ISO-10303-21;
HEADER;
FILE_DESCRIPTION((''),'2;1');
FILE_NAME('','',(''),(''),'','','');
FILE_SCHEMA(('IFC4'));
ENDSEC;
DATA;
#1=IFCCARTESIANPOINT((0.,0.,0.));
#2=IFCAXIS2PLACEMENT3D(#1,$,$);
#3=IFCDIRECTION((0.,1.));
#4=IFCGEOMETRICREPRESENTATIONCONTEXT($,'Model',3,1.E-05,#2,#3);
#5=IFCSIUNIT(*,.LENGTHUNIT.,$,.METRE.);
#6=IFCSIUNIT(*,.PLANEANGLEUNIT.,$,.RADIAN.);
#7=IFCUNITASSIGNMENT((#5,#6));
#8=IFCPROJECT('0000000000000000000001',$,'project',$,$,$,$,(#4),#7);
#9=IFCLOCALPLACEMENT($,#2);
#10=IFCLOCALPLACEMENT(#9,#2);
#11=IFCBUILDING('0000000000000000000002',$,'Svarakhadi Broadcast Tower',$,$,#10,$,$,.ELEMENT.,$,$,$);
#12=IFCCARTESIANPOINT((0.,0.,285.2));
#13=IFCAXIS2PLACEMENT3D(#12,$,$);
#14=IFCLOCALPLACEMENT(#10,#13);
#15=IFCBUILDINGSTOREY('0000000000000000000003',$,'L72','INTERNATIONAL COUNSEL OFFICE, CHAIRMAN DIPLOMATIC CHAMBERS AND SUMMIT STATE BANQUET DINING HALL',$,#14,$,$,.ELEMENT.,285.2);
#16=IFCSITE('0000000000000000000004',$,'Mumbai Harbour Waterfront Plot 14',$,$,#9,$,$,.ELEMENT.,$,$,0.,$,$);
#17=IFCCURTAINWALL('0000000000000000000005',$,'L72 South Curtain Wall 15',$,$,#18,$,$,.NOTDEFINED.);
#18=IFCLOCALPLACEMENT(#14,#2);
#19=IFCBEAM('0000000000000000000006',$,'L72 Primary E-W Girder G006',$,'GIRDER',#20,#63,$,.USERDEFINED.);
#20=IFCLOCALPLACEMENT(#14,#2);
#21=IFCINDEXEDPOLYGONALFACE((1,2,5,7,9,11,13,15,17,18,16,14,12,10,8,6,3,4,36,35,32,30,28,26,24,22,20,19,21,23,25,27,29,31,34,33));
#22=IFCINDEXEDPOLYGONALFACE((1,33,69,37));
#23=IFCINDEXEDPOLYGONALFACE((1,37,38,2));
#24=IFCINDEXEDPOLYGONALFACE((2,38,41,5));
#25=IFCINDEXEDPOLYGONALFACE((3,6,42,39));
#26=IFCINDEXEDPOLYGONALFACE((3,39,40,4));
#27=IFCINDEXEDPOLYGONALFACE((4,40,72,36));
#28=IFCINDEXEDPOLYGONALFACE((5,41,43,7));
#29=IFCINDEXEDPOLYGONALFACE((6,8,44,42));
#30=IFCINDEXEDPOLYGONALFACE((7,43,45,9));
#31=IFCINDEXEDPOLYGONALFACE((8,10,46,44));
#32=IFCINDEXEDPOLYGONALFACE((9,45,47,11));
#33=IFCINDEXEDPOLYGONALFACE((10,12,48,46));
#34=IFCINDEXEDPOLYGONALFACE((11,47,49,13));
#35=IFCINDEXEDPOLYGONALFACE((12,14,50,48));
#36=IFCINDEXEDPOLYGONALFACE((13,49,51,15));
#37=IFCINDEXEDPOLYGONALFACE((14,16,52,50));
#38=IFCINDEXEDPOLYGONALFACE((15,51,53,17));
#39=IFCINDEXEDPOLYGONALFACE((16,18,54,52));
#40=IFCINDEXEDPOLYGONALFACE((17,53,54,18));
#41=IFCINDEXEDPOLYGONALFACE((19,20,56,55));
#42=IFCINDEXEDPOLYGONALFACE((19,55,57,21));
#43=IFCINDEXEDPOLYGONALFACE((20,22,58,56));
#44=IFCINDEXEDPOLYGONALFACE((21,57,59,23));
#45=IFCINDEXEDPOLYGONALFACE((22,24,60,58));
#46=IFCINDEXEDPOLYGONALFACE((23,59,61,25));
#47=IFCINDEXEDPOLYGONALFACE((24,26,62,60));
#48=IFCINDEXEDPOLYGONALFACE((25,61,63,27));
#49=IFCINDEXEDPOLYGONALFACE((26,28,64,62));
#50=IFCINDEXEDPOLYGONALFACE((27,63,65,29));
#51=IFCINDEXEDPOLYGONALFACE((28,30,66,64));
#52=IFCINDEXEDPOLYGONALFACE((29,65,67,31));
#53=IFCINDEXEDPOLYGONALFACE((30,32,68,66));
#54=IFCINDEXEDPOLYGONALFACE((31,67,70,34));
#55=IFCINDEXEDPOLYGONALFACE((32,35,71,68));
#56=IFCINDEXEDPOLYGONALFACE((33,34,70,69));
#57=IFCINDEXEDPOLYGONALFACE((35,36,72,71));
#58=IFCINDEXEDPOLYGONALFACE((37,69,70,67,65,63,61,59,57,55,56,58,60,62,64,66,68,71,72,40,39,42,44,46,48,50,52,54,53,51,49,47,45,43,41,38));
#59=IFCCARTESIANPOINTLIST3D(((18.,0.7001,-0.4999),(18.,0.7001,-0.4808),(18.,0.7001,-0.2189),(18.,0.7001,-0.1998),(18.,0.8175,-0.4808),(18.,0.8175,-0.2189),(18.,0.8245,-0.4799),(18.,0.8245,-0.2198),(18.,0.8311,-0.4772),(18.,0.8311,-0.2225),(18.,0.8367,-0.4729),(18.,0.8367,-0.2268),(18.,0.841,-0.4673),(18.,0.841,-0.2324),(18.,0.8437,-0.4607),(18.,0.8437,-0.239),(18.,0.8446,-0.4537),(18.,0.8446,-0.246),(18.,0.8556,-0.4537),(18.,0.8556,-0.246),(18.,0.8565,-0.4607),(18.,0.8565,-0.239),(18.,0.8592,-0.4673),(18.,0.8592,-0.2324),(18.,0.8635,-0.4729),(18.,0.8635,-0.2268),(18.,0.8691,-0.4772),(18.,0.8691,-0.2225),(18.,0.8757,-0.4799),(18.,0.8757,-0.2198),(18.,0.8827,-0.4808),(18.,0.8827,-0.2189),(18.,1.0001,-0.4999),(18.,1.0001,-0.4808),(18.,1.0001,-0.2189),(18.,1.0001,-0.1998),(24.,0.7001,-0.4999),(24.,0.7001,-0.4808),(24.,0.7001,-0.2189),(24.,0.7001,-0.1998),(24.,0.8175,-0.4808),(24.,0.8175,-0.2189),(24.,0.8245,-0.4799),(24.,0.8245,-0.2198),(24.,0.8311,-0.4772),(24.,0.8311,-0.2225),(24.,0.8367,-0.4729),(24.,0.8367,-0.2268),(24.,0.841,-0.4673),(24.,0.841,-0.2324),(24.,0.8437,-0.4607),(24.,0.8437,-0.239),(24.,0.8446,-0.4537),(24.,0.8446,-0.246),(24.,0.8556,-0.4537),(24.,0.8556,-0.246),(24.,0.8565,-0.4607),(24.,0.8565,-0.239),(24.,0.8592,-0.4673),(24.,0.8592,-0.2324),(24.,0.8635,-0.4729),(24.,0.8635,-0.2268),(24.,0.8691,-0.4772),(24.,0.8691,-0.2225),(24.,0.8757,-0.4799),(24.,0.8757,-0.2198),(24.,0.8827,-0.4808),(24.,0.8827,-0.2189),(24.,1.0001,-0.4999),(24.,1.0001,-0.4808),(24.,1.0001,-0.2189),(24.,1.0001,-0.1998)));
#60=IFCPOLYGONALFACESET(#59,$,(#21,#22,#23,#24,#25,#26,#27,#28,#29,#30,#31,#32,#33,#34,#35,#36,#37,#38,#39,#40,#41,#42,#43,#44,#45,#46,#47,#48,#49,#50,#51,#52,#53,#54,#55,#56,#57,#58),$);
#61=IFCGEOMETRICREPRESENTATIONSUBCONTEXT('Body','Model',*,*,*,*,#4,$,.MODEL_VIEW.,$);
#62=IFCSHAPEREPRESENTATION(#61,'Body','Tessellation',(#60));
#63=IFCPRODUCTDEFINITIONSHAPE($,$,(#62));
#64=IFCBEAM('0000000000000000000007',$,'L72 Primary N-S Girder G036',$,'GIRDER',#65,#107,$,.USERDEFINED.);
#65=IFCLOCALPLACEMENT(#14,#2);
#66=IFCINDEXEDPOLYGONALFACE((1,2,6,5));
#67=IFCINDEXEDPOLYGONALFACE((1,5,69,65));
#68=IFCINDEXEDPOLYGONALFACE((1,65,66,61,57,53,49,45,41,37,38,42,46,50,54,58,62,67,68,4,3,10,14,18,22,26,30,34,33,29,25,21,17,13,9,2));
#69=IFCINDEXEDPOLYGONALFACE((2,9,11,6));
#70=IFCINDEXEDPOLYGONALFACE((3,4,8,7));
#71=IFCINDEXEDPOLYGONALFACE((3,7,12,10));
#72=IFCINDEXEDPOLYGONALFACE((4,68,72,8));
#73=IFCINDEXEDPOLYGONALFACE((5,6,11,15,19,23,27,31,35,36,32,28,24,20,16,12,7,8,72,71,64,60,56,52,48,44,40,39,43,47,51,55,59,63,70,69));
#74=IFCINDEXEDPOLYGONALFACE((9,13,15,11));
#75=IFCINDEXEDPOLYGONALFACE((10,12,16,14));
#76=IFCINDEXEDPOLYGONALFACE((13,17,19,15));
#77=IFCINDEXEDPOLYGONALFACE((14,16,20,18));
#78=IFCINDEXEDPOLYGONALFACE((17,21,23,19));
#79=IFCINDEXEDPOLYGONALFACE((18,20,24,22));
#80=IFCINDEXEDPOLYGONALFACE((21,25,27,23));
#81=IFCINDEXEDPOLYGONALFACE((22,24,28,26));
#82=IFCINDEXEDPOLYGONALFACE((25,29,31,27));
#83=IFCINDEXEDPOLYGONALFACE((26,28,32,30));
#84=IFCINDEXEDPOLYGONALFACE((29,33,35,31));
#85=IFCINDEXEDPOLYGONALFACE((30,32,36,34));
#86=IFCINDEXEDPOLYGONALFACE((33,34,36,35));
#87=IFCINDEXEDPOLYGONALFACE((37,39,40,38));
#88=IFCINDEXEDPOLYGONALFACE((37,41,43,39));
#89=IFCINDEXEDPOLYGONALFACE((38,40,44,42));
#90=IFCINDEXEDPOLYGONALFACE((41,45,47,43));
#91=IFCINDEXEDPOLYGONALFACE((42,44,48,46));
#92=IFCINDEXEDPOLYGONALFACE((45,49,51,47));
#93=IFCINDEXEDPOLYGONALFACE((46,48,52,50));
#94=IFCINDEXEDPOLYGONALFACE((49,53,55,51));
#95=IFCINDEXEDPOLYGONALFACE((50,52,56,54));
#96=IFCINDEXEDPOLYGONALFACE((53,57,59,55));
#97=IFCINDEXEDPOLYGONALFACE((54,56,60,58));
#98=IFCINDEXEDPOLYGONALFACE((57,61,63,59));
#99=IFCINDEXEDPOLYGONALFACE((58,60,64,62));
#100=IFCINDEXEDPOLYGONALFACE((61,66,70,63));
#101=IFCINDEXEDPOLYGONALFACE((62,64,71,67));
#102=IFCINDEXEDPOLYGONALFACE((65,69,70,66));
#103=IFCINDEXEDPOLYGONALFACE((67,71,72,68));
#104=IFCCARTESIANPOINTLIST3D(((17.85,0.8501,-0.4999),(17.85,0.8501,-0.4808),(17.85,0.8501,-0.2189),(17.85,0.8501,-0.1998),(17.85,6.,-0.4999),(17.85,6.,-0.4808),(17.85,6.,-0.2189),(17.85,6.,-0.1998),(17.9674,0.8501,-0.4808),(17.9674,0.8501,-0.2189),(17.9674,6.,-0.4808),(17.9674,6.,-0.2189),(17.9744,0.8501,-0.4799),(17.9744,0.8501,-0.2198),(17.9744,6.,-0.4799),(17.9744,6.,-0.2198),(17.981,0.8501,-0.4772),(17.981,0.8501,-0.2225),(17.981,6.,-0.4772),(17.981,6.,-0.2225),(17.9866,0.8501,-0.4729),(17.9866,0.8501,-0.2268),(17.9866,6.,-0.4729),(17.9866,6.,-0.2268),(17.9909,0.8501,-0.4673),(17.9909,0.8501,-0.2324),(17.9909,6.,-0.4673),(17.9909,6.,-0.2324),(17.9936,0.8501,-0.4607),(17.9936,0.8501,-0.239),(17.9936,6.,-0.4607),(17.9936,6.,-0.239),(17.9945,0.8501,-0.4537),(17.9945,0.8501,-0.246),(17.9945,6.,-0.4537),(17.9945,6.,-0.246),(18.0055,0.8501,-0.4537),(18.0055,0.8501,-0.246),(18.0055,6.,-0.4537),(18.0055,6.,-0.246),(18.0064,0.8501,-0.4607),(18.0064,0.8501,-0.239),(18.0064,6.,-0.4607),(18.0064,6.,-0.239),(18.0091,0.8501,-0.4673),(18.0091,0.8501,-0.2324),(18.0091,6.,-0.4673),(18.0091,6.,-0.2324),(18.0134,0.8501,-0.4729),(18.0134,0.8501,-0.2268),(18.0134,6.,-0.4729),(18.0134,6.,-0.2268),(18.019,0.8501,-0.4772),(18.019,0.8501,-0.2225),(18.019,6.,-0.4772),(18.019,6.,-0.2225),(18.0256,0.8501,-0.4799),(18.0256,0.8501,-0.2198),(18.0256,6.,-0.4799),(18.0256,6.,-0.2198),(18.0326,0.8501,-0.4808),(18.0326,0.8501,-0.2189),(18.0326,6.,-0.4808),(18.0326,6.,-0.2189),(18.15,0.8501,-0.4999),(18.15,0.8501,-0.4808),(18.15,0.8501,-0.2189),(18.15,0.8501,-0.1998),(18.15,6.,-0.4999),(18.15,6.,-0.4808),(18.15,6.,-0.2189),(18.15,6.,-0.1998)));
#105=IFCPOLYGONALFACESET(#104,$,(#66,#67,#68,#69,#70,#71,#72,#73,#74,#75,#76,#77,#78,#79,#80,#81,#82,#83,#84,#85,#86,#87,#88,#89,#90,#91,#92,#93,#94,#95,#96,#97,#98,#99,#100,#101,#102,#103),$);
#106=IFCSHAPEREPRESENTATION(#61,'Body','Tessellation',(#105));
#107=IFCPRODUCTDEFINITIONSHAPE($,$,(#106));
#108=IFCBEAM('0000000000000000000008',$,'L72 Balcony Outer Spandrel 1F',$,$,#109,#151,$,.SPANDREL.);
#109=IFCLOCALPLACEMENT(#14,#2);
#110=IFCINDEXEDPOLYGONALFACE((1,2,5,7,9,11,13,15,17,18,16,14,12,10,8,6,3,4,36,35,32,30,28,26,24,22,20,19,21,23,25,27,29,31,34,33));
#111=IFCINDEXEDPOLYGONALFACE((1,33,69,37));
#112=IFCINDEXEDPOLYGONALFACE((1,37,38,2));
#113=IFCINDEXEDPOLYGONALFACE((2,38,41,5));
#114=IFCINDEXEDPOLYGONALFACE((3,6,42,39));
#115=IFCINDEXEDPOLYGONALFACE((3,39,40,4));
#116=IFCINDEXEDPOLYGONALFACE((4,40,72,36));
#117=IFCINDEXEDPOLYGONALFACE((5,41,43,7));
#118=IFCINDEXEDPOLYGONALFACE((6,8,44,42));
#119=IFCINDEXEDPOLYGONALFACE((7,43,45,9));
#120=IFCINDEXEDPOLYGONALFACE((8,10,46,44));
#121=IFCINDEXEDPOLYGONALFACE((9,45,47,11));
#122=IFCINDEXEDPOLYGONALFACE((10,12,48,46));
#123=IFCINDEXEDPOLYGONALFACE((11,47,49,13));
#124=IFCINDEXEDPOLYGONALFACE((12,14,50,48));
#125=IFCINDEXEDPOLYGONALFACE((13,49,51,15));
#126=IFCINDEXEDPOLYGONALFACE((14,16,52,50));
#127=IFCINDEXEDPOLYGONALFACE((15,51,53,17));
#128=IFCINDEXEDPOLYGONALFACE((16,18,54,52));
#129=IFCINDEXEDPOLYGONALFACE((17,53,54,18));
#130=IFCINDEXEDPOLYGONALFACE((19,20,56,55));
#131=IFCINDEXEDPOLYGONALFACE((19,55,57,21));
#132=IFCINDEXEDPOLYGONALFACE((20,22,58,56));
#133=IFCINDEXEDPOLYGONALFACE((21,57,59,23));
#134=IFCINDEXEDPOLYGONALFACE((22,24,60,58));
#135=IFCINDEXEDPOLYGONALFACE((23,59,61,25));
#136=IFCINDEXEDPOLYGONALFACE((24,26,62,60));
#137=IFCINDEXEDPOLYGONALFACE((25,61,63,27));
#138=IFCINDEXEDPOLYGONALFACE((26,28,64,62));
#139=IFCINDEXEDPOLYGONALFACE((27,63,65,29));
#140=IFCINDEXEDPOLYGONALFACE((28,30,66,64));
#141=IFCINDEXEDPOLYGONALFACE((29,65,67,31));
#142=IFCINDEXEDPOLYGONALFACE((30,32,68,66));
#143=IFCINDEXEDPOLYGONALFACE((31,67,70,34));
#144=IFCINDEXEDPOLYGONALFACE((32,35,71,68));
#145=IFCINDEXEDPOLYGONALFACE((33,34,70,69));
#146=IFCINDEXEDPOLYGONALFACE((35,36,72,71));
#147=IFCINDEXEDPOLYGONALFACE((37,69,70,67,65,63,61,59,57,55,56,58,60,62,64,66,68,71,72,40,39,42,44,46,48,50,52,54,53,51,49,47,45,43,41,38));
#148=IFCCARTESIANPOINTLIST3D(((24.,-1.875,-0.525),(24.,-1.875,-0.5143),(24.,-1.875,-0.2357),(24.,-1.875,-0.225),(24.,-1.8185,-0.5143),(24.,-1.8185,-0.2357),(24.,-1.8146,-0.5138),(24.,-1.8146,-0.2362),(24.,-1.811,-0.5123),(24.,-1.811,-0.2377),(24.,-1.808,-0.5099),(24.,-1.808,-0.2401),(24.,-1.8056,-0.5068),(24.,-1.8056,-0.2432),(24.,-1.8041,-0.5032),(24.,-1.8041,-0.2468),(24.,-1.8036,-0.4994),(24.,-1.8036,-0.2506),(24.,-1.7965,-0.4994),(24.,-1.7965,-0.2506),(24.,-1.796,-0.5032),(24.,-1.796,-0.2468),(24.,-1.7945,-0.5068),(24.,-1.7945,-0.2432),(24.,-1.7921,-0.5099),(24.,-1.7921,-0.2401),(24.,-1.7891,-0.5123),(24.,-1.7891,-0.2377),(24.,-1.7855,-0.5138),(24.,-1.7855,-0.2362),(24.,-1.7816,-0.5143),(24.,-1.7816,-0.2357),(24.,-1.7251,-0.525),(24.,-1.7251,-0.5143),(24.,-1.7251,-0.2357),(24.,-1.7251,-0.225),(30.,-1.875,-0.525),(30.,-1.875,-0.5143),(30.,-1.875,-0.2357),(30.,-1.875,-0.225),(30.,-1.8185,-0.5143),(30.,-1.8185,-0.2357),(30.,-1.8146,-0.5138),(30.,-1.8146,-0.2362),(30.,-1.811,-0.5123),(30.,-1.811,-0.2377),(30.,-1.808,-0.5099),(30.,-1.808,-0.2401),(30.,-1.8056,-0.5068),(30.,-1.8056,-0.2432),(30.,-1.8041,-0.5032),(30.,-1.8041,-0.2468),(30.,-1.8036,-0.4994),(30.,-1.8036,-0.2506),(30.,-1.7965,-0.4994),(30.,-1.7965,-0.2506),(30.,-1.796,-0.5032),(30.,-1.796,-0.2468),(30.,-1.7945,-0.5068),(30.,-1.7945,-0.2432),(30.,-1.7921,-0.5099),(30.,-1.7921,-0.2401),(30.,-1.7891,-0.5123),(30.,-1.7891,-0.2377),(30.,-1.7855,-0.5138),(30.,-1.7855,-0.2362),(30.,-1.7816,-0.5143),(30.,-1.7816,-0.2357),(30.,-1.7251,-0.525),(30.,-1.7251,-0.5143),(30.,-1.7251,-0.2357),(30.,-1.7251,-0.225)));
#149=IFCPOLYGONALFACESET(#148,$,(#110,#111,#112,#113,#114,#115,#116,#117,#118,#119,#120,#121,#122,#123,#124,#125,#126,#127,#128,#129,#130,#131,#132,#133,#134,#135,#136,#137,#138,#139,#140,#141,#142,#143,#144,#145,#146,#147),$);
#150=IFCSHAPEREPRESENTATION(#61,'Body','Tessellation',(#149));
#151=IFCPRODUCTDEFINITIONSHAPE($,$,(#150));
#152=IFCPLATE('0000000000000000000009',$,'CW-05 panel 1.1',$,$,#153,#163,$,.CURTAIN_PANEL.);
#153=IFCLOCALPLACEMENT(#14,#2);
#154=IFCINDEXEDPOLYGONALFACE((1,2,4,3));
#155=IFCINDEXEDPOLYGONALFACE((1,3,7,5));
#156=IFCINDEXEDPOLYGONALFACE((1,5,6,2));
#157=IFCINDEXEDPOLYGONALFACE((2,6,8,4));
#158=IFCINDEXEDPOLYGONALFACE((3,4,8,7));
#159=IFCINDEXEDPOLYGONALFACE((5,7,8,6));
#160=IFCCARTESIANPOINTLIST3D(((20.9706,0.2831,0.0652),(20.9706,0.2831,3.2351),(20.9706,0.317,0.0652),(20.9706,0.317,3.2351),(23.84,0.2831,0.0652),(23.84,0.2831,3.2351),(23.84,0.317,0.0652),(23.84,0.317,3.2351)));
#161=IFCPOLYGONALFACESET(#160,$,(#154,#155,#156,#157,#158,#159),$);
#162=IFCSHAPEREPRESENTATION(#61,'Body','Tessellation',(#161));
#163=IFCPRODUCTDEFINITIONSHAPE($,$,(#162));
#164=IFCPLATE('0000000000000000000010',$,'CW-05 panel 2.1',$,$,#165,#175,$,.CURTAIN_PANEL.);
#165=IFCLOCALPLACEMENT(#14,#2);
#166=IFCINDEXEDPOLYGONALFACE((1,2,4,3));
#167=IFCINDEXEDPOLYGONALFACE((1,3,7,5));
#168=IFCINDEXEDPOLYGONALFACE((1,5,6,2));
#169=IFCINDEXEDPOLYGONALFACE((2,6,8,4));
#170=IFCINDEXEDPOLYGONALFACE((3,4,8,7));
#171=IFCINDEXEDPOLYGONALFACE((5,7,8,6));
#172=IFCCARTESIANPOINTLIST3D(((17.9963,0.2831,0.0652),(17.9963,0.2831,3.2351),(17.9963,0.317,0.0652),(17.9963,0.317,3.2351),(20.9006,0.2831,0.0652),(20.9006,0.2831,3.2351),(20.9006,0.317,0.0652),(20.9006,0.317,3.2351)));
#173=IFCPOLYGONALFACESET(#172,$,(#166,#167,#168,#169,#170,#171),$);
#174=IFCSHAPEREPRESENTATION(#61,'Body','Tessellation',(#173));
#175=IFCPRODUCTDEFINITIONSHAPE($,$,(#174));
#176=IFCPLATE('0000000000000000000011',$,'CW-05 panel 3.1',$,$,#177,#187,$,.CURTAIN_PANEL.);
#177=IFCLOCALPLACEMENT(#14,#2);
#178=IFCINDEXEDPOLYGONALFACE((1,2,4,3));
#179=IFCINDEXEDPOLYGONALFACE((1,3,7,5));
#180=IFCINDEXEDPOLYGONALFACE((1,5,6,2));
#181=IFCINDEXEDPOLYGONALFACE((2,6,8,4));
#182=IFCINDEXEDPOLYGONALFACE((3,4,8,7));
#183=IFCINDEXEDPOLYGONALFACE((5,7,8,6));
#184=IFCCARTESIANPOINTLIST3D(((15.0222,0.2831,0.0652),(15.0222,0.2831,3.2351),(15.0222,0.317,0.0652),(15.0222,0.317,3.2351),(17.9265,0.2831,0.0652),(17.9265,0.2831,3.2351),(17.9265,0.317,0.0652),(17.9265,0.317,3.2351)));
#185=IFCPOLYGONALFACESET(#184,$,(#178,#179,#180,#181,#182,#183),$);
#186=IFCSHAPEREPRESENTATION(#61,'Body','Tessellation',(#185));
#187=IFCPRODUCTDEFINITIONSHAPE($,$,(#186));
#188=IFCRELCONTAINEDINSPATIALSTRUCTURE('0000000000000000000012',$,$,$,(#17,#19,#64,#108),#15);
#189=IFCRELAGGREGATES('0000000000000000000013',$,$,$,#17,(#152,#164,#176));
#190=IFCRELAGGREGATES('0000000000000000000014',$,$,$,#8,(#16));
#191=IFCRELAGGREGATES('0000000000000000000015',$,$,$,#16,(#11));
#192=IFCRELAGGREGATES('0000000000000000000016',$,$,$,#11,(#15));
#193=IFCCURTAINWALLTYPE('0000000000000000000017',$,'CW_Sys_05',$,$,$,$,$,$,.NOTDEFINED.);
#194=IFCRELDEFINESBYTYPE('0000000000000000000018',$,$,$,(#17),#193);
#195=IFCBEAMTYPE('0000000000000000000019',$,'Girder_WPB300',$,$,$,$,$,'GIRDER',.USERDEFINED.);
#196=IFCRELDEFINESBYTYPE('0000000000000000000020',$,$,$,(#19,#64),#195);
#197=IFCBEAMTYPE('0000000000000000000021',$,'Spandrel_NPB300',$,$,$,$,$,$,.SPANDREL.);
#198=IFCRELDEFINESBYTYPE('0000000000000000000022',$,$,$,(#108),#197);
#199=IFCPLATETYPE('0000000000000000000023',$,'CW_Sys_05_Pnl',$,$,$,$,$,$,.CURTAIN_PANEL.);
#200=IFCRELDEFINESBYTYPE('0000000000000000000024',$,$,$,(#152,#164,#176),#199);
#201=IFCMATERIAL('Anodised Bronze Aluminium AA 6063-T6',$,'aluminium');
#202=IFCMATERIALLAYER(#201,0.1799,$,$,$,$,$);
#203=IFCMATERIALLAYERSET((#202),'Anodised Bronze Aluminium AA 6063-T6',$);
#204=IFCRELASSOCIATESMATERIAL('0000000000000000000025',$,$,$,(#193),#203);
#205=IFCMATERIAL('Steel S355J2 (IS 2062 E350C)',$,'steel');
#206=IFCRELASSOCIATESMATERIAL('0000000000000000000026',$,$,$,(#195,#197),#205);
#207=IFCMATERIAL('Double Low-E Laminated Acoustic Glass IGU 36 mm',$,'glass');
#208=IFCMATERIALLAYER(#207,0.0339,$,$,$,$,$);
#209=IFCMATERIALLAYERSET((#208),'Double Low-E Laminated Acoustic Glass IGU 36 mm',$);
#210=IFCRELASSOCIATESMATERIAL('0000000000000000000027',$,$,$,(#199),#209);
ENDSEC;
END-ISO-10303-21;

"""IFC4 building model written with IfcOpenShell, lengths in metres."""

from ifc_helpers import new_model, si_unit, direction, frame, origin, origin_2d, place, context, subcontext, project, spatial, rectangle, i_section, extrude, material, layer, layer_set, material_profile, profile_set, type_object, element, aggregate, save


model = new_model("IFC4")

# Units and contexts
model_context = context("Model", 3, precision=1e-05, world=origin(), true_north=direction((0.0, 1.0)))
body_context = subcontext(model_context, "Body", "Model", "MODEL_VIEW")
ifc_project = project(units=[si_unit("LENGTHUNIT", "METRE"), si_unit("PLANEANGLEUNIT", "RADIAN")], contexts=[model_context])

# Site, building, storey
site_placement = place(None, origin())
site = spatial("IfcSite", under=ifc_project, at=site_placement, Name="Mumbai Harbour Waterfront Plot 14", CompositionType="ELEMENT", RefElevation=0.0)
building_placement = place(site_placement, origin())
building = spatial("IfcBuilding", under=site, at=building_placement, Name="Svarakhadi Broadcast Tower", CompositionType="ELEMENT")
storey_placement = place(building_placement, frame((0.0, 0.0, 285.2)))
storey = spatial("IfcBuildingStorey", under=building, at=storey_placement, Name="L72", Description="INTERNATIONAL COUNSEL OFFICE, CHAIRMAN DIPLOMATIC CHAMBERS AND SUMMIT STATE BANQUET DINING HALL", CompositionType="ELEMENT", Elevation=285.2)

# Curtain wall
ifc_material_1 = material(Name="Anodised Bronze Aluminium AA 6063-T6", Category="aluminium")
ifc_layer_1 = layer(ifc_material_1, 0.1799)
ifc_layer_set_1 = layer_set([ifc_layer_1], Name="Anodised Bronze Aluminium AA 6063-T6")
curtain_wall_type = type_object("IfcCurtainWallType", Name="CW_Sys_05", PredefinedType="NOTDEFINED", material=ifc_layer_set_1)
curtain_wall_placement = place(storey_placement, origin())
curtain_wall = element("IfcCurtainWall", 1, at=curtain_wall_placement, inside=storey, type_object=curtain_wall_type, Name="L72 South Curtain Wall 15", PredefinedType="NOTDEFINED")

# Beams
ifc_material_2 = material(Name="Steel S355J2 (IS 2062 E350C)", Category="steel")
ifc_material_profile_1 = material_profile(ifc_material_2, i_section(OverallWidth=0.3, OverallDepth=0.3, WebThickness=0.011, FlangeThickness=0.019, FilletRadius=0.0271, at=origin_2d()), Name="WPB 300x300x117")
ifc_profile_set_1 = profile_set([ifc_material_profile_1], Name="Steel S355J2 (IS 2062 E350C)")
beam_type_1 = type_object("IfcBeamType", Name="Girder_WPB300", ElementType="GIRDER", PredefinedType="USERDEFINED", material=ifc_profile_set_1)
beam_1_placement = place(storey_placement, frame((18.0, 0.8501, -0.3499), z_axis=(1.0, 0.0, 0.0), x_axis=(0.0, 1.0, 0.0)))
element("IfcBeam", 2, at=beam_1_placement, inside=storey, type_object=beam_type_1, Name="L72 Primary E-W Girder G006", ObjectType="GIRDER", PredefinedType="USERDEFINED", context=body_context, shape_type="SweptSolid", body=[
    extrude(i_section(OverallWidth=0.3, OverallDepth=0.3, WebThickness=0.011, FlangeThickness=0.019, FilletRadius=0.0271, at=origin_2d()), origin(), (0.0, 0.0, 1.0), 6.0),
])
beam_2_placement = place(storey_placement, frame((18.0, 0.8501, -0.3499), z_axis=(0.0, 1.0, 0.0), x_axis=(-1.0, 0.0, 0.0)))
element("IfcBeam", 3, at=beam_2_placement, inside=storey, type_object=beam_type_1, Name="L72 Primary N-S Girder G036", ObjectType="GIRDER", PredefinedType="USERDEFINED", context=body_context, shape_type="SweptSolid", body=[
    extrude(i_section(OverallWidth=0.3, OverallDepth=0.3, WebThickness=0.011, FlangeThickness=0.019, FilletRadius=0.0271, at=origin_2d()), origin(), (0.0, 0.0, 1.0), 5.1499),
])
ifc_material_profile_2 = material_profile(ifc_material_2, i_section(OverallWidth=0.1499, OverallDepth=0.3, WebThickness=0.0071, FlangeThickness=0.0107, FilletRadius=0.0149, at=origin_2d()), Name="NPB 300x150x37")
ifc_profile_set_2 = profile_set([ifc_material_profile_2], Name="Steel S355J2 (IS 2062 E350C)")
beam_type_2 = type_object("IfcBeamType", Name="Spandrel_NPB300", PredefinedType="SPANDREL", material=ifc_profile_set_2)
beam_3_placement = place(storey_placement, frame((24.0, -1.8, -0.375), z_axis=(1.0, 0.0, 0.0), x_axis=(0.0, 1.0, 0.0)))
element("IfcBeam", 4, at=beam_3_placement, inside=storey, type_object=beam_type_2, Name="L72 Balcony Outer Spandrel 1F", PredefinedType="SPANDREL", context=body_context, shape_type="SweptSolid", body=[
    extrude(i_section(OverallWidth=0.1499, OverallDepth=0.3, WebThickness=0.0071, FlangeThickness=0.0107, FilletRadius=0.0149, at=origin_2d()), origin(), (0.0, 0.0, 1.0), 6.0),
])

# Plates
ifc_material_3 = material(Name="Double Low-E Laminated Acoustic Glass IGU 36 mm", Category="glass")
ifc_layer_2 = layer(ifc_material_3, 0.0339)
ifc_layer_set_2 = layer_set([ifc_layer_2], Name="Double Low-E Laminated Acoustic Glass IGU 36 mm")
plate_type_1 = type_object("IfcPlateType", Name="CW_Sys_05_Pnl", PredefinedType="CURTAIN_PANEL", material=ifc_layer_set_2)
plate_1_placement = place(storey_placement, frame((22.4053, 0.3, 0.0652), z_axis=(0.0, 0.0, 1.0), x_axis=(-1.0, 0.0, 0.0)))
plate_1 = element("IfcPlate", 5, at=plate_1_placement, type_object=plate_type_1, Name="CW-05 panel 1.1", PredefinedType="CURTAIN_PANEL", context=body_context, shape_type="SweptSolid", body=[
    extrude(rectangle(XDim=2.8694, YDim=0.0339, at=origin_2d()), origin(), (0.0, 0.0, 1.0), 3.1699),
])
plate_2_placement = place(storey_placement, frame((19.4485, 0.3, 0.0652), z_axis=(0.0, 0.0, 1.0), x_axis=(-1.0, 0.0, 0.0)))
plate_2 = element("IfcPlate", 6, at=plate_2_placement, type_object=plate_type_1, Name="CW-05 panel 2.1", PredefinedType="CURTAIN_PANEL", context=body_context, shape_type="SweptSolid", body=[
    extrude(rectangle(XDim=2.9043, YDim=0.0339, at=origin_2d()), origin(), (0.0, 0.0, 1.0), 3.1699),
])
plate_3_placement = place(storey_placement, frame((16.4744, 0.3, 0.0652), z_axis=(0.0, 0.0, 1.0), x_axis=(-1.0, 0.0, 0.0)))
plate_3 = element("IfcPlate", 7, at=plate_3_placement, type_object=plate_type_1, Name="CW-05 panel 3.1", PredefinedType="CURTAIN_PANEL", context=body_context, shape_type="SweptSolid", body=[
    extrude(rectangle(XDim=2.9043, YDim=0.0339, at=origin_2d()), origin(), (0.0, 0.0, 1.0), 3.1699),
])
aggregate(curtain_wall, [plate_1, plate_2, plate_3])

save(model, "model.ifc")
